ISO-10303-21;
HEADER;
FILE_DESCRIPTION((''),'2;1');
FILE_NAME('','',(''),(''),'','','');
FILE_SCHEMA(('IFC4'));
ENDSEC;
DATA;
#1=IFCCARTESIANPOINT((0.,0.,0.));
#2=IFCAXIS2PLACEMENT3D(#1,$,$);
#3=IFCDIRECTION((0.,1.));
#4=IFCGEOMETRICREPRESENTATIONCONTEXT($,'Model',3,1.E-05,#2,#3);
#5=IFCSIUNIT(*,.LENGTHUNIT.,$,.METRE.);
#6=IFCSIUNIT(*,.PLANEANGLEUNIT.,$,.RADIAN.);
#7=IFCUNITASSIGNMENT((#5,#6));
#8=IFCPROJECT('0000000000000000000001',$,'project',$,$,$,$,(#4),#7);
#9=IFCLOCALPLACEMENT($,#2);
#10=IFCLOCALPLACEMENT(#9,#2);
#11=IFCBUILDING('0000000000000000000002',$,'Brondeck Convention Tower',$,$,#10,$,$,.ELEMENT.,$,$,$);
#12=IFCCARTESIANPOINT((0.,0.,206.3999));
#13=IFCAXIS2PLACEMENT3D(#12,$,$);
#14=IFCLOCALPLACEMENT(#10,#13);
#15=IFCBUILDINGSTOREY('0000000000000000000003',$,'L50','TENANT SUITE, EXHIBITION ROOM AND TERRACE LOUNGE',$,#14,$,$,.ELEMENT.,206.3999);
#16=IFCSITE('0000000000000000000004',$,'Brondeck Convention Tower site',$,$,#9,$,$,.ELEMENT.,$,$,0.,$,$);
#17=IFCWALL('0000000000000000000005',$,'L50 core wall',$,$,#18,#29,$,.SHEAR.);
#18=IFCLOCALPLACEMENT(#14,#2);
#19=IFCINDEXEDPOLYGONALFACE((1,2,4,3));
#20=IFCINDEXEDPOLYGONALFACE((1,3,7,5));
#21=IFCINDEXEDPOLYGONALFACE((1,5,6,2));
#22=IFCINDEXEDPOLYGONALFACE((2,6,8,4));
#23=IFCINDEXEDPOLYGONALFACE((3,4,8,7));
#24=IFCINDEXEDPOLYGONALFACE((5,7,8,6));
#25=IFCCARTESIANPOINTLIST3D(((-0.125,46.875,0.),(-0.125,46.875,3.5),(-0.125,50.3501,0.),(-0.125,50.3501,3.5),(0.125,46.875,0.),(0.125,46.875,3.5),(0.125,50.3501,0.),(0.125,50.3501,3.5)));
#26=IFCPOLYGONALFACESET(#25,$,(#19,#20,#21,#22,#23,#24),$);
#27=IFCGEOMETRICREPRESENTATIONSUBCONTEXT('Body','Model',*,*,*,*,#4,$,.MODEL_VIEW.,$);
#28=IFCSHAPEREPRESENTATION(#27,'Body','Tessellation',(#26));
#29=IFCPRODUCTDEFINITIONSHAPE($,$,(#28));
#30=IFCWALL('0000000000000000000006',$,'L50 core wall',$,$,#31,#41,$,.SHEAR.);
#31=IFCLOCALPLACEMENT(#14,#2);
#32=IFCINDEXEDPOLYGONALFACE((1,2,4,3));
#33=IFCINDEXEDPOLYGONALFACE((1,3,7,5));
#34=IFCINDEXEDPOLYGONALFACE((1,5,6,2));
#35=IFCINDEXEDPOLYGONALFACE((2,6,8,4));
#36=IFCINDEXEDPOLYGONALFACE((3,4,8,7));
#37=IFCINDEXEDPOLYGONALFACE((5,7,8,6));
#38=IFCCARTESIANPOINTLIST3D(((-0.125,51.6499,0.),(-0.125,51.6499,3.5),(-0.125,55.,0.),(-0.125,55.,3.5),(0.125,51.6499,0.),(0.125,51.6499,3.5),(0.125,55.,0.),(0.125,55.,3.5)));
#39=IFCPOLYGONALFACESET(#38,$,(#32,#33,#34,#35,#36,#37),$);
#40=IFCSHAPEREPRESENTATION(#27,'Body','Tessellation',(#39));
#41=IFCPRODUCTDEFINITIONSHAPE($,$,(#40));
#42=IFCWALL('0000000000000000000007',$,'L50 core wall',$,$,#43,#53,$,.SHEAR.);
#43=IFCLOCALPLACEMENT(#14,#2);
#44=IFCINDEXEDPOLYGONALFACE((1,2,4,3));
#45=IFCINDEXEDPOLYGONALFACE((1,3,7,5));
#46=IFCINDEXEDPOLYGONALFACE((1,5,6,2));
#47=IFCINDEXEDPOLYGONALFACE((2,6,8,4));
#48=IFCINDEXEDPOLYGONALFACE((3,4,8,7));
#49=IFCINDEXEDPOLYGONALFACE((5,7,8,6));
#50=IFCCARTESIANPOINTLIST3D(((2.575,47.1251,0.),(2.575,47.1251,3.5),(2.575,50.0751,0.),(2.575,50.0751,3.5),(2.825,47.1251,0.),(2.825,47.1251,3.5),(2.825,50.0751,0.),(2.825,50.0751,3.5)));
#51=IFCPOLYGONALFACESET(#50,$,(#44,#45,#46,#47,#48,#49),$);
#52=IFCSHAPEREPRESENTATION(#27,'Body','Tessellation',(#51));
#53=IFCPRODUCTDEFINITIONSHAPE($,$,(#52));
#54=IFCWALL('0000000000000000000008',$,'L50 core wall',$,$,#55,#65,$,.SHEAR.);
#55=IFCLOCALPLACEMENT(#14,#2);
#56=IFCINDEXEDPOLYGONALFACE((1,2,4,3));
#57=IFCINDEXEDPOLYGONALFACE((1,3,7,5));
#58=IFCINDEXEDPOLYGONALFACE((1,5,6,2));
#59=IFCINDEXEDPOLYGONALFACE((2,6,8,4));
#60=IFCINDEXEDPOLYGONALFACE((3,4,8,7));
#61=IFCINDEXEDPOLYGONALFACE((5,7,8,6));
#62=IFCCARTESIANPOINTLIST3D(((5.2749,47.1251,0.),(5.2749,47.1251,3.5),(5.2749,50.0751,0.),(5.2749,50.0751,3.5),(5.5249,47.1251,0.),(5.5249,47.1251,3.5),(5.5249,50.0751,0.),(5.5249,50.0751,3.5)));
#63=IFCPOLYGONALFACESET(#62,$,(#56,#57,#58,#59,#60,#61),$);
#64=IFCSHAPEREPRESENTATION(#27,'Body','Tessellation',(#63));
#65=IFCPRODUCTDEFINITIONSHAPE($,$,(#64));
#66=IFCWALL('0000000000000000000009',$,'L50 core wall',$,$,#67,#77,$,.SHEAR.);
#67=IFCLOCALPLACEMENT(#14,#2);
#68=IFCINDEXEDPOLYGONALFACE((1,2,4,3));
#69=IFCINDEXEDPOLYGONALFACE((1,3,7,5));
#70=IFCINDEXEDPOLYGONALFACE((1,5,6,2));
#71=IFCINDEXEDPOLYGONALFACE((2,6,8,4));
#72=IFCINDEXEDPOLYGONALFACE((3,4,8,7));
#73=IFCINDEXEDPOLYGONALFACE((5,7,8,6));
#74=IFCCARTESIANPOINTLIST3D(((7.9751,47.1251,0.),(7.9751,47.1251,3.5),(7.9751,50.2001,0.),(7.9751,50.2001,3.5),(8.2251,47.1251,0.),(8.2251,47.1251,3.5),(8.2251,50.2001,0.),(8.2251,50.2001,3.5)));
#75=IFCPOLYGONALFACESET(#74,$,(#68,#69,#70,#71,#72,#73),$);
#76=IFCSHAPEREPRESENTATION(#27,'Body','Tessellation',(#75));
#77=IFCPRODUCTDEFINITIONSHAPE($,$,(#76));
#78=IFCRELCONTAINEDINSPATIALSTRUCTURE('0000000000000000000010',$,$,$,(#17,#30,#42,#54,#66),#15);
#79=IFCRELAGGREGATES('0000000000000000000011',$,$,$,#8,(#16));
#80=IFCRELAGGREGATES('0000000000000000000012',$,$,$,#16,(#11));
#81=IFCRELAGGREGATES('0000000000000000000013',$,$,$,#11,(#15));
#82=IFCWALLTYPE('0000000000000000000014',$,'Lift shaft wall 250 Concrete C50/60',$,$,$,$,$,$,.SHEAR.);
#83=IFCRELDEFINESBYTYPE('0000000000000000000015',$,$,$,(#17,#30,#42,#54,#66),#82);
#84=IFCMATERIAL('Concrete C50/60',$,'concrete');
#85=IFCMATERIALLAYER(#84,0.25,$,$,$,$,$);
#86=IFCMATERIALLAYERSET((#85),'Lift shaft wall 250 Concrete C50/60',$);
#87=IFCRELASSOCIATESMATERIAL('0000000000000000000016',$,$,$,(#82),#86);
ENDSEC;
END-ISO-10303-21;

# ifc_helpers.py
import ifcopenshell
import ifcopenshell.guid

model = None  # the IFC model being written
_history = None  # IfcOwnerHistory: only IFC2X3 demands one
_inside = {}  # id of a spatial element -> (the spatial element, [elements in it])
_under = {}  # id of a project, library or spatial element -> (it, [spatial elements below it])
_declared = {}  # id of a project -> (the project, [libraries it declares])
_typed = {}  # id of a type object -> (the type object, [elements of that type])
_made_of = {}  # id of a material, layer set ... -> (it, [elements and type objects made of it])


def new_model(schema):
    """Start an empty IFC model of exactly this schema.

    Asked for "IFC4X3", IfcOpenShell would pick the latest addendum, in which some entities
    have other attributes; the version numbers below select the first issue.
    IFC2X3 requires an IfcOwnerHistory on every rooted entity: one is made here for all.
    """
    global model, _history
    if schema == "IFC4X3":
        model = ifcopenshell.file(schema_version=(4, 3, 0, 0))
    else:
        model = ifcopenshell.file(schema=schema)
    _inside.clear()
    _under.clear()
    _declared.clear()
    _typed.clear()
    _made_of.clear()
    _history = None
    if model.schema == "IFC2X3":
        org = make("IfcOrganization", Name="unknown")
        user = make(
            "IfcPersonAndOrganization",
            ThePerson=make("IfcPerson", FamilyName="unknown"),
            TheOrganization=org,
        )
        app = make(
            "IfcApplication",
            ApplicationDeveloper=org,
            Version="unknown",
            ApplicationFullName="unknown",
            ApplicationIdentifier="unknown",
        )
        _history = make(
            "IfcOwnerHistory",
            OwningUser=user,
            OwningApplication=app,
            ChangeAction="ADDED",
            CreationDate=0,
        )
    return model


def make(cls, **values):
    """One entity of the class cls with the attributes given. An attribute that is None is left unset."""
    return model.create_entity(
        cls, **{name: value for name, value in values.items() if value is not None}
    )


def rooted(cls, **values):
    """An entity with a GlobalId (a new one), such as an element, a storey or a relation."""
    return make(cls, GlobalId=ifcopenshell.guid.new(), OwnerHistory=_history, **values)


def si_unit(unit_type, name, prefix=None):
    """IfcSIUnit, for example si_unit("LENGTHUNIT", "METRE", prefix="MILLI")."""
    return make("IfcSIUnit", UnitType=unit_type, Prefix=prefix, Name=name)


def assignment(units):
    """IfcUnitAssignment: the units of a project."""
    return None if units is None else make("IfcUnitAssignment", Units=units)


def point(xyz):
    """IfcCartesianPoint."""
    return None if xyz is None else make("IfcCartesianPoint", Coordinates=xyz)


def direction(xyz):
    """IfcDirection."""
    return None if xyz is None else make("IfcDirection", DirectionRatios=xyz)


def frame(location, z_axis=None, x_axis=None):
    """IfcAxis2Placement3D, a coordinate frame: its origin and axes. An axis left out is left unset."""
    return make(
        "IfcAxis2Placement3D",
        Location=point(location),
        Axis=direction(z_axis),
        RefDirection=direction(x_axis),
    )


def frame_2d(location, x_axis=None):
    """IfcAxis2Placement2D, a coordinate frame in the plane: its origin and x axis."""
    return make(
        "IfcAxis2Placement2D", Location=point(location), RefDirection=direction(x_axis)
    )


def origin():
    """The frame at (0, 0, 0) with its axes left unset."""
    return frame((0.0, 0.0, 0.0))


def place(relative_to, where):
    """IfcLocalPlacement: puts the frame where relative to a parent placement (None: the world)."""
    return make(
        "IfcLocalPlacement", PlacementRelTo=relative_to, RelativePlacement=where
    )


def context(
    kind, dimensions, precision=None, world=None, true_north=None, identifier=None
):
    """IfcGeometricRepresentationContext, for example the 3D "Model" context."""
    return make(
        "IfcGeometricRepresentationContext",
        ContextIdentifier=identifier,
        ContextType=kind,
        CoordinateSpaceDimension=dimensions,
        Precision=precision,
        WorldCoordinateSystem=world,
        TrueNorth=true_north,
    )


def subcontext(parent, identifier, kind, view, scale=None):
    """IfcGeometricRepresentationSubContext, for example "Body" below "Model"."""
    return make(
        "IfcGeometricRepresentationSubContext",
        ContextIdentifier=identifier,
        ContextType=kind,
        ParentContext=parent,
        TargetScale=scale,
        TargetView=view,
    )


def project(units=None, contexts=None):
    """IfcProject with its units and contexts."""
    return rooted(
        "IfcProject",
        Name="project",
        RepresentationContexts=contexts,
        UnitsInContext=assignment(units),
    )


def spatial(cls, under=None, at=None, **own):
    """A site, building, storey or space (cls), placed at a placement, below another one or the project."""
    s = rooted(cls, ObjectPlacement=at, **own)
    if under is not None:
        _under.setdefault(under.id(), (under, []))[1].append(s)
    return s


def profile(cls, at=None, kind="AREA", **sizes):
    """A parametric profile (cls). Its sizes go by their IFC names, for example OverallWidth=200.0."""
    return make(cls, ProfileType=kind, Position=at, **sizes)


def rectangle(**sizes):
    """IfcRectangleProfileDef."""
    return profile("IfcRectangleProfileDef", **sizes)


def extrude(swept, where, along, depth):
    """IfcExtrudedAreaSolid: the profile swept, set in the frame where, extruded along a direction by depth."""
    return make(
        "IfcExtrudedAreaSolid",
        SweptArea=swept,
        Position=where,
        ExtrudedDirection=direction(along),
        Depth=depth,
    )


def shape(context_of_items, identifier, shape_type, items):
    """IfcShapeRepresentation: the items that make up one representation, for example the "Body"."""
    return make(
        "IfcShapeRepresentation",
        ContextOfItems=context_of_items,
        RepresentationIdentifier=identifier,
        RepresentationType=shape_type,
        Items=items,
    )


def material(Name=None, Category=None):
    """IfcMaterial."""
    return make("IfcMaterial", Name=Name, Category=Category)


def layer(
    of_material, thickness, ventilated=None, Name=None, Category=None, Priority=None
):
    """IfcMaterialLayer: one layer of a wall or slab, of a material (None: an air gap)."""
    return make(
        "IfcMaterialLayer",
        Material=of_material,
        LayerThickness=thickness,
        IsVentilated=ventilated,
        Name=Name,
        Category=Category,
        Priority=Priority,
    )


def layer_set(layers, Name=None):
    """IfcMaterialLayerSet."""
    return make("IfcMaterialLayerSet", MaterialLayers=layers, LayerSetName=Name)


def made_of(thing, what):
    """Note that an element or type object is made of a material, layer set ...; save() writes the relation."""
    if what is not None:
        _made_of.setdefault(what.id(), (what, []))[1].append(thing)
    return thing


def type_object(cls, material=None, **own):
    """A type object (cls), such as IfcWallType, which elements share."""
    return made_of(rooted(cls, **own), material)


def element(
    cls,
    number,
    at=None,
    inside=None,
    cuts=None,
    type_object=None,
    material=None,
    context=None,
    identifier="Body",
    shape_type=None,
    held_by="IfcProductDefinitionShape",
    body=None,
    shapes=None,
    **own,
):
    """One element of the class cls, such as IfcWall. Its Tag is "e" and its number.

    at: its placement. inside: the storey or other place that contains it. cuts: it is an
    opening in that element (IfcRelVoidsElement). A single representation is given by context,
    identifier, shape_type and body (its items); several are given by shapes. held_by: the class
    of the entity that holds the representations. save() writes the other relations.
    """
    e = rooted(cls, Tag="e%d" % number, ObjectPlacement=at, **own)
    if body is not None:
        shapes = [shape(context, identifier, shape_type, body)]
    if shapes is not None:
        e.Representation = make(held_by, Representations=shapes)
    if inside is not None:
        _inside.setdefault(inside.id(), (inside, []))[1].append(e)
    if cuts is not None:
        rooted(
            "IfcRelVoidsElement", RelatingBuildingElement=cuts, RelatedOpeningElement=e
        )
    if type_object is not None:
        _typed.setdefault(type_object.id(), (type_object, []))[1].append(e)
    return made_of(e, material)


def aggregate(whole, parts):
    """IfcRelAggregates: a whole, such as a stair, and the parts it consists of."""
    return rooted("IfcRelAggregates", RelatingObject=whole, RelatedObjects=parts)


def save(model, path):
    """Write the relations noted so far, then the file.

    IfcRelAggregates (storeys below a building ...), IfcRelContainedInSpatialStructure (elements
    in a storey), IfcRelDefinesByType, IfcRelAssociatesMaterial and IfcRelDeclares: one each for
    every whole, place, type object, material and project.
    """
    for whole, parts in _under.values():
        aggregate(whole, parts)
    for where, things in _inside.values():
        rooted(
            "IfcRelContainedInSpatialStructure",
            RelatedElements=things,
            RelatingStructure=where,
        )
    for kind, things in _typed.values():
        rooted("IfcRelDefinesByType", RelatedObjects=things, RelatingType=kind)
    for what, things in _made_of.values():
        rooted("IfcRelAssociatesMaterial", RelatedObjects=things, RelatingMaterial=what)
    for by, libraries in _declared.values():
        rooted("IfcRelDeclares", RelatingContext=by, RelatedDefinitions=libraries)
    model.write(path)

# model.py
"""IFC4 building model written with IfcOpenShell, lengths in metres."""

from ifc_helpers import new_model, si_unit, direction, frame, frame_2d, origin, place, context, subcontext, project, spatial, rectangle, extrude, material, layer, layer_set, type_object, element, save


model = new_model("IFC4")

# Units and contexts
model_context = context("Model", 3, precision=1e-05, world=origin(), true_north=direction((0.0, 1.0)))
body_context = subcontext(model_context, "Body", "Model", "MODEL_VIEW")
ifc_project = project(units=[si_unit("LENGTHUNIT", "METRE"), si_unit("PLANEANGLEUNIT", "RADIAN")], contexts=[model_context])

# Site, building, storey
site_placement = place(None, origin())
site = spatial("IfcSite", under=ifc_project, at=site_placement, Name="Brondeck Convention Tower site", CompositionType="ELEMENT", RefElevation=0.0)
building_placement = place(site_placement, origin())
building = spatial("IfcBuilding", under=site, at=building_placement, Name="Brondeck Convention Tower", CompositionType="ELEMENT")
storey_placement = place(building_placement, frame((0.0, 0.0, 206.3999)))
storey = spatial("IfcBuildingStorey", under=building, at=storey_placement, Name="L50", Description="TENANT SUITE, EXHIBITION ROOM AND TERRACE LOUNGE", CompositionType="ELEMENT", Elevation=206.3999)

# Shared definitions
ifc_material_1 = material(Name="Concrete C50/60", Category="concrete")

# Shared definitions
ifc_layer_1 = layer(ifc_material_1, 0.25)
ifc_layer_set_1 = layer_set([ifc_layer_1], Name="Lift shaft wall 250 Concrete C50/60")
wall_type_1 = type_object("IfcWallType", Name="Lift shaft wall 250 Concrete C50/60", PredefinedType="SHEAR", material=ifc_layer_set_1)

# Walls
wall_1_placement = place(storey_placement, frame((0.0, 46.875, 0.0), z_axis=(0.0, 0.0, 1.0), x_axis=(0.0, 1.0, 0.0)))
element("IfcWall", 1, at=wall_1_placement, inside=storey, type_object=wall_type_1, Name="L50 core wall", PredefinedType="SHEAR", context=body_context, shape_type="SweptSolid", body=[
    extrude(rectangle(XDim=3.4751, YDim=0.25, at=frame_2d((1.7375, 0.0))), origin(), (0.0, 0.0, 1.0), 3.5),
])
wall_2_placement = place(storey_placement, frame((0.0, 51.6499, 0.0), z_axis=(0.0, 0.0, 1.0), x_axis=(0.0, 1.0, 0.0)))
element("IfcWall", 2, at=wall_2_placement, inside=storey, type_object=wall_type_1, Name="L50 core wall", PredefinedType="SHEAR", context=body_context, shape_type="SweptSolid", body=[
    extrude(rectangle(XDim=3.3501, YDim=0.25, at=frame_2d((1.675, 0.0))), origin(), (0.0, 0.0, 1.0), 3.5),
])
for number, where, z_axis, x_axis, name in (
    (3, (2.7, 47.125, 0.0), (0.0, 0.0, 1.0), (0.0, 1.0, 0.0), "L50 core wall"),
    (4, (5.3999, 47.125, 0.0), (0.0, 0.0, 1.0), (0.0, 1.0, 0.0), "L50 core wall"),
):
    element("IfcWall", number, at=place(storey_placement, frame(where, z_axis=z_axis, x_axis=x_axis)), inside=storey, type_object=wall_type_1, Name=name, PredefinedType="SHEAR", context=body_context, shape_type="SweptSolid", body=[
        extrude(rectangle(XDim=2.95, YDim=0.25, at=frame_2d((1.4751, 0.0))), origin(), (0.0, 0.0, 1.0), 3.5),
    ])
wall_3_placement = place(storey_placement, frame((8.1001, 47.125, 0.0), z_axis=(0.0, 0.0, 1.0), x_axis=(0.0, 1.0, 0.0)))
element("IfcWall", 5, at=wall_3_placement, inside=storey, type_object=wall_type_1, Name="L50 core wall", PredefinedType="SHEAR", context=body_context, shape_type="SweptSolid", body=[
    extrude(rectangle(XDim=3.075, YDim=0.25, at=frame_2d((1.5376, 0.0))), origin(), (0.0, 0.0, 1.0), 3.5),
])

save(model, "model.ifc")
